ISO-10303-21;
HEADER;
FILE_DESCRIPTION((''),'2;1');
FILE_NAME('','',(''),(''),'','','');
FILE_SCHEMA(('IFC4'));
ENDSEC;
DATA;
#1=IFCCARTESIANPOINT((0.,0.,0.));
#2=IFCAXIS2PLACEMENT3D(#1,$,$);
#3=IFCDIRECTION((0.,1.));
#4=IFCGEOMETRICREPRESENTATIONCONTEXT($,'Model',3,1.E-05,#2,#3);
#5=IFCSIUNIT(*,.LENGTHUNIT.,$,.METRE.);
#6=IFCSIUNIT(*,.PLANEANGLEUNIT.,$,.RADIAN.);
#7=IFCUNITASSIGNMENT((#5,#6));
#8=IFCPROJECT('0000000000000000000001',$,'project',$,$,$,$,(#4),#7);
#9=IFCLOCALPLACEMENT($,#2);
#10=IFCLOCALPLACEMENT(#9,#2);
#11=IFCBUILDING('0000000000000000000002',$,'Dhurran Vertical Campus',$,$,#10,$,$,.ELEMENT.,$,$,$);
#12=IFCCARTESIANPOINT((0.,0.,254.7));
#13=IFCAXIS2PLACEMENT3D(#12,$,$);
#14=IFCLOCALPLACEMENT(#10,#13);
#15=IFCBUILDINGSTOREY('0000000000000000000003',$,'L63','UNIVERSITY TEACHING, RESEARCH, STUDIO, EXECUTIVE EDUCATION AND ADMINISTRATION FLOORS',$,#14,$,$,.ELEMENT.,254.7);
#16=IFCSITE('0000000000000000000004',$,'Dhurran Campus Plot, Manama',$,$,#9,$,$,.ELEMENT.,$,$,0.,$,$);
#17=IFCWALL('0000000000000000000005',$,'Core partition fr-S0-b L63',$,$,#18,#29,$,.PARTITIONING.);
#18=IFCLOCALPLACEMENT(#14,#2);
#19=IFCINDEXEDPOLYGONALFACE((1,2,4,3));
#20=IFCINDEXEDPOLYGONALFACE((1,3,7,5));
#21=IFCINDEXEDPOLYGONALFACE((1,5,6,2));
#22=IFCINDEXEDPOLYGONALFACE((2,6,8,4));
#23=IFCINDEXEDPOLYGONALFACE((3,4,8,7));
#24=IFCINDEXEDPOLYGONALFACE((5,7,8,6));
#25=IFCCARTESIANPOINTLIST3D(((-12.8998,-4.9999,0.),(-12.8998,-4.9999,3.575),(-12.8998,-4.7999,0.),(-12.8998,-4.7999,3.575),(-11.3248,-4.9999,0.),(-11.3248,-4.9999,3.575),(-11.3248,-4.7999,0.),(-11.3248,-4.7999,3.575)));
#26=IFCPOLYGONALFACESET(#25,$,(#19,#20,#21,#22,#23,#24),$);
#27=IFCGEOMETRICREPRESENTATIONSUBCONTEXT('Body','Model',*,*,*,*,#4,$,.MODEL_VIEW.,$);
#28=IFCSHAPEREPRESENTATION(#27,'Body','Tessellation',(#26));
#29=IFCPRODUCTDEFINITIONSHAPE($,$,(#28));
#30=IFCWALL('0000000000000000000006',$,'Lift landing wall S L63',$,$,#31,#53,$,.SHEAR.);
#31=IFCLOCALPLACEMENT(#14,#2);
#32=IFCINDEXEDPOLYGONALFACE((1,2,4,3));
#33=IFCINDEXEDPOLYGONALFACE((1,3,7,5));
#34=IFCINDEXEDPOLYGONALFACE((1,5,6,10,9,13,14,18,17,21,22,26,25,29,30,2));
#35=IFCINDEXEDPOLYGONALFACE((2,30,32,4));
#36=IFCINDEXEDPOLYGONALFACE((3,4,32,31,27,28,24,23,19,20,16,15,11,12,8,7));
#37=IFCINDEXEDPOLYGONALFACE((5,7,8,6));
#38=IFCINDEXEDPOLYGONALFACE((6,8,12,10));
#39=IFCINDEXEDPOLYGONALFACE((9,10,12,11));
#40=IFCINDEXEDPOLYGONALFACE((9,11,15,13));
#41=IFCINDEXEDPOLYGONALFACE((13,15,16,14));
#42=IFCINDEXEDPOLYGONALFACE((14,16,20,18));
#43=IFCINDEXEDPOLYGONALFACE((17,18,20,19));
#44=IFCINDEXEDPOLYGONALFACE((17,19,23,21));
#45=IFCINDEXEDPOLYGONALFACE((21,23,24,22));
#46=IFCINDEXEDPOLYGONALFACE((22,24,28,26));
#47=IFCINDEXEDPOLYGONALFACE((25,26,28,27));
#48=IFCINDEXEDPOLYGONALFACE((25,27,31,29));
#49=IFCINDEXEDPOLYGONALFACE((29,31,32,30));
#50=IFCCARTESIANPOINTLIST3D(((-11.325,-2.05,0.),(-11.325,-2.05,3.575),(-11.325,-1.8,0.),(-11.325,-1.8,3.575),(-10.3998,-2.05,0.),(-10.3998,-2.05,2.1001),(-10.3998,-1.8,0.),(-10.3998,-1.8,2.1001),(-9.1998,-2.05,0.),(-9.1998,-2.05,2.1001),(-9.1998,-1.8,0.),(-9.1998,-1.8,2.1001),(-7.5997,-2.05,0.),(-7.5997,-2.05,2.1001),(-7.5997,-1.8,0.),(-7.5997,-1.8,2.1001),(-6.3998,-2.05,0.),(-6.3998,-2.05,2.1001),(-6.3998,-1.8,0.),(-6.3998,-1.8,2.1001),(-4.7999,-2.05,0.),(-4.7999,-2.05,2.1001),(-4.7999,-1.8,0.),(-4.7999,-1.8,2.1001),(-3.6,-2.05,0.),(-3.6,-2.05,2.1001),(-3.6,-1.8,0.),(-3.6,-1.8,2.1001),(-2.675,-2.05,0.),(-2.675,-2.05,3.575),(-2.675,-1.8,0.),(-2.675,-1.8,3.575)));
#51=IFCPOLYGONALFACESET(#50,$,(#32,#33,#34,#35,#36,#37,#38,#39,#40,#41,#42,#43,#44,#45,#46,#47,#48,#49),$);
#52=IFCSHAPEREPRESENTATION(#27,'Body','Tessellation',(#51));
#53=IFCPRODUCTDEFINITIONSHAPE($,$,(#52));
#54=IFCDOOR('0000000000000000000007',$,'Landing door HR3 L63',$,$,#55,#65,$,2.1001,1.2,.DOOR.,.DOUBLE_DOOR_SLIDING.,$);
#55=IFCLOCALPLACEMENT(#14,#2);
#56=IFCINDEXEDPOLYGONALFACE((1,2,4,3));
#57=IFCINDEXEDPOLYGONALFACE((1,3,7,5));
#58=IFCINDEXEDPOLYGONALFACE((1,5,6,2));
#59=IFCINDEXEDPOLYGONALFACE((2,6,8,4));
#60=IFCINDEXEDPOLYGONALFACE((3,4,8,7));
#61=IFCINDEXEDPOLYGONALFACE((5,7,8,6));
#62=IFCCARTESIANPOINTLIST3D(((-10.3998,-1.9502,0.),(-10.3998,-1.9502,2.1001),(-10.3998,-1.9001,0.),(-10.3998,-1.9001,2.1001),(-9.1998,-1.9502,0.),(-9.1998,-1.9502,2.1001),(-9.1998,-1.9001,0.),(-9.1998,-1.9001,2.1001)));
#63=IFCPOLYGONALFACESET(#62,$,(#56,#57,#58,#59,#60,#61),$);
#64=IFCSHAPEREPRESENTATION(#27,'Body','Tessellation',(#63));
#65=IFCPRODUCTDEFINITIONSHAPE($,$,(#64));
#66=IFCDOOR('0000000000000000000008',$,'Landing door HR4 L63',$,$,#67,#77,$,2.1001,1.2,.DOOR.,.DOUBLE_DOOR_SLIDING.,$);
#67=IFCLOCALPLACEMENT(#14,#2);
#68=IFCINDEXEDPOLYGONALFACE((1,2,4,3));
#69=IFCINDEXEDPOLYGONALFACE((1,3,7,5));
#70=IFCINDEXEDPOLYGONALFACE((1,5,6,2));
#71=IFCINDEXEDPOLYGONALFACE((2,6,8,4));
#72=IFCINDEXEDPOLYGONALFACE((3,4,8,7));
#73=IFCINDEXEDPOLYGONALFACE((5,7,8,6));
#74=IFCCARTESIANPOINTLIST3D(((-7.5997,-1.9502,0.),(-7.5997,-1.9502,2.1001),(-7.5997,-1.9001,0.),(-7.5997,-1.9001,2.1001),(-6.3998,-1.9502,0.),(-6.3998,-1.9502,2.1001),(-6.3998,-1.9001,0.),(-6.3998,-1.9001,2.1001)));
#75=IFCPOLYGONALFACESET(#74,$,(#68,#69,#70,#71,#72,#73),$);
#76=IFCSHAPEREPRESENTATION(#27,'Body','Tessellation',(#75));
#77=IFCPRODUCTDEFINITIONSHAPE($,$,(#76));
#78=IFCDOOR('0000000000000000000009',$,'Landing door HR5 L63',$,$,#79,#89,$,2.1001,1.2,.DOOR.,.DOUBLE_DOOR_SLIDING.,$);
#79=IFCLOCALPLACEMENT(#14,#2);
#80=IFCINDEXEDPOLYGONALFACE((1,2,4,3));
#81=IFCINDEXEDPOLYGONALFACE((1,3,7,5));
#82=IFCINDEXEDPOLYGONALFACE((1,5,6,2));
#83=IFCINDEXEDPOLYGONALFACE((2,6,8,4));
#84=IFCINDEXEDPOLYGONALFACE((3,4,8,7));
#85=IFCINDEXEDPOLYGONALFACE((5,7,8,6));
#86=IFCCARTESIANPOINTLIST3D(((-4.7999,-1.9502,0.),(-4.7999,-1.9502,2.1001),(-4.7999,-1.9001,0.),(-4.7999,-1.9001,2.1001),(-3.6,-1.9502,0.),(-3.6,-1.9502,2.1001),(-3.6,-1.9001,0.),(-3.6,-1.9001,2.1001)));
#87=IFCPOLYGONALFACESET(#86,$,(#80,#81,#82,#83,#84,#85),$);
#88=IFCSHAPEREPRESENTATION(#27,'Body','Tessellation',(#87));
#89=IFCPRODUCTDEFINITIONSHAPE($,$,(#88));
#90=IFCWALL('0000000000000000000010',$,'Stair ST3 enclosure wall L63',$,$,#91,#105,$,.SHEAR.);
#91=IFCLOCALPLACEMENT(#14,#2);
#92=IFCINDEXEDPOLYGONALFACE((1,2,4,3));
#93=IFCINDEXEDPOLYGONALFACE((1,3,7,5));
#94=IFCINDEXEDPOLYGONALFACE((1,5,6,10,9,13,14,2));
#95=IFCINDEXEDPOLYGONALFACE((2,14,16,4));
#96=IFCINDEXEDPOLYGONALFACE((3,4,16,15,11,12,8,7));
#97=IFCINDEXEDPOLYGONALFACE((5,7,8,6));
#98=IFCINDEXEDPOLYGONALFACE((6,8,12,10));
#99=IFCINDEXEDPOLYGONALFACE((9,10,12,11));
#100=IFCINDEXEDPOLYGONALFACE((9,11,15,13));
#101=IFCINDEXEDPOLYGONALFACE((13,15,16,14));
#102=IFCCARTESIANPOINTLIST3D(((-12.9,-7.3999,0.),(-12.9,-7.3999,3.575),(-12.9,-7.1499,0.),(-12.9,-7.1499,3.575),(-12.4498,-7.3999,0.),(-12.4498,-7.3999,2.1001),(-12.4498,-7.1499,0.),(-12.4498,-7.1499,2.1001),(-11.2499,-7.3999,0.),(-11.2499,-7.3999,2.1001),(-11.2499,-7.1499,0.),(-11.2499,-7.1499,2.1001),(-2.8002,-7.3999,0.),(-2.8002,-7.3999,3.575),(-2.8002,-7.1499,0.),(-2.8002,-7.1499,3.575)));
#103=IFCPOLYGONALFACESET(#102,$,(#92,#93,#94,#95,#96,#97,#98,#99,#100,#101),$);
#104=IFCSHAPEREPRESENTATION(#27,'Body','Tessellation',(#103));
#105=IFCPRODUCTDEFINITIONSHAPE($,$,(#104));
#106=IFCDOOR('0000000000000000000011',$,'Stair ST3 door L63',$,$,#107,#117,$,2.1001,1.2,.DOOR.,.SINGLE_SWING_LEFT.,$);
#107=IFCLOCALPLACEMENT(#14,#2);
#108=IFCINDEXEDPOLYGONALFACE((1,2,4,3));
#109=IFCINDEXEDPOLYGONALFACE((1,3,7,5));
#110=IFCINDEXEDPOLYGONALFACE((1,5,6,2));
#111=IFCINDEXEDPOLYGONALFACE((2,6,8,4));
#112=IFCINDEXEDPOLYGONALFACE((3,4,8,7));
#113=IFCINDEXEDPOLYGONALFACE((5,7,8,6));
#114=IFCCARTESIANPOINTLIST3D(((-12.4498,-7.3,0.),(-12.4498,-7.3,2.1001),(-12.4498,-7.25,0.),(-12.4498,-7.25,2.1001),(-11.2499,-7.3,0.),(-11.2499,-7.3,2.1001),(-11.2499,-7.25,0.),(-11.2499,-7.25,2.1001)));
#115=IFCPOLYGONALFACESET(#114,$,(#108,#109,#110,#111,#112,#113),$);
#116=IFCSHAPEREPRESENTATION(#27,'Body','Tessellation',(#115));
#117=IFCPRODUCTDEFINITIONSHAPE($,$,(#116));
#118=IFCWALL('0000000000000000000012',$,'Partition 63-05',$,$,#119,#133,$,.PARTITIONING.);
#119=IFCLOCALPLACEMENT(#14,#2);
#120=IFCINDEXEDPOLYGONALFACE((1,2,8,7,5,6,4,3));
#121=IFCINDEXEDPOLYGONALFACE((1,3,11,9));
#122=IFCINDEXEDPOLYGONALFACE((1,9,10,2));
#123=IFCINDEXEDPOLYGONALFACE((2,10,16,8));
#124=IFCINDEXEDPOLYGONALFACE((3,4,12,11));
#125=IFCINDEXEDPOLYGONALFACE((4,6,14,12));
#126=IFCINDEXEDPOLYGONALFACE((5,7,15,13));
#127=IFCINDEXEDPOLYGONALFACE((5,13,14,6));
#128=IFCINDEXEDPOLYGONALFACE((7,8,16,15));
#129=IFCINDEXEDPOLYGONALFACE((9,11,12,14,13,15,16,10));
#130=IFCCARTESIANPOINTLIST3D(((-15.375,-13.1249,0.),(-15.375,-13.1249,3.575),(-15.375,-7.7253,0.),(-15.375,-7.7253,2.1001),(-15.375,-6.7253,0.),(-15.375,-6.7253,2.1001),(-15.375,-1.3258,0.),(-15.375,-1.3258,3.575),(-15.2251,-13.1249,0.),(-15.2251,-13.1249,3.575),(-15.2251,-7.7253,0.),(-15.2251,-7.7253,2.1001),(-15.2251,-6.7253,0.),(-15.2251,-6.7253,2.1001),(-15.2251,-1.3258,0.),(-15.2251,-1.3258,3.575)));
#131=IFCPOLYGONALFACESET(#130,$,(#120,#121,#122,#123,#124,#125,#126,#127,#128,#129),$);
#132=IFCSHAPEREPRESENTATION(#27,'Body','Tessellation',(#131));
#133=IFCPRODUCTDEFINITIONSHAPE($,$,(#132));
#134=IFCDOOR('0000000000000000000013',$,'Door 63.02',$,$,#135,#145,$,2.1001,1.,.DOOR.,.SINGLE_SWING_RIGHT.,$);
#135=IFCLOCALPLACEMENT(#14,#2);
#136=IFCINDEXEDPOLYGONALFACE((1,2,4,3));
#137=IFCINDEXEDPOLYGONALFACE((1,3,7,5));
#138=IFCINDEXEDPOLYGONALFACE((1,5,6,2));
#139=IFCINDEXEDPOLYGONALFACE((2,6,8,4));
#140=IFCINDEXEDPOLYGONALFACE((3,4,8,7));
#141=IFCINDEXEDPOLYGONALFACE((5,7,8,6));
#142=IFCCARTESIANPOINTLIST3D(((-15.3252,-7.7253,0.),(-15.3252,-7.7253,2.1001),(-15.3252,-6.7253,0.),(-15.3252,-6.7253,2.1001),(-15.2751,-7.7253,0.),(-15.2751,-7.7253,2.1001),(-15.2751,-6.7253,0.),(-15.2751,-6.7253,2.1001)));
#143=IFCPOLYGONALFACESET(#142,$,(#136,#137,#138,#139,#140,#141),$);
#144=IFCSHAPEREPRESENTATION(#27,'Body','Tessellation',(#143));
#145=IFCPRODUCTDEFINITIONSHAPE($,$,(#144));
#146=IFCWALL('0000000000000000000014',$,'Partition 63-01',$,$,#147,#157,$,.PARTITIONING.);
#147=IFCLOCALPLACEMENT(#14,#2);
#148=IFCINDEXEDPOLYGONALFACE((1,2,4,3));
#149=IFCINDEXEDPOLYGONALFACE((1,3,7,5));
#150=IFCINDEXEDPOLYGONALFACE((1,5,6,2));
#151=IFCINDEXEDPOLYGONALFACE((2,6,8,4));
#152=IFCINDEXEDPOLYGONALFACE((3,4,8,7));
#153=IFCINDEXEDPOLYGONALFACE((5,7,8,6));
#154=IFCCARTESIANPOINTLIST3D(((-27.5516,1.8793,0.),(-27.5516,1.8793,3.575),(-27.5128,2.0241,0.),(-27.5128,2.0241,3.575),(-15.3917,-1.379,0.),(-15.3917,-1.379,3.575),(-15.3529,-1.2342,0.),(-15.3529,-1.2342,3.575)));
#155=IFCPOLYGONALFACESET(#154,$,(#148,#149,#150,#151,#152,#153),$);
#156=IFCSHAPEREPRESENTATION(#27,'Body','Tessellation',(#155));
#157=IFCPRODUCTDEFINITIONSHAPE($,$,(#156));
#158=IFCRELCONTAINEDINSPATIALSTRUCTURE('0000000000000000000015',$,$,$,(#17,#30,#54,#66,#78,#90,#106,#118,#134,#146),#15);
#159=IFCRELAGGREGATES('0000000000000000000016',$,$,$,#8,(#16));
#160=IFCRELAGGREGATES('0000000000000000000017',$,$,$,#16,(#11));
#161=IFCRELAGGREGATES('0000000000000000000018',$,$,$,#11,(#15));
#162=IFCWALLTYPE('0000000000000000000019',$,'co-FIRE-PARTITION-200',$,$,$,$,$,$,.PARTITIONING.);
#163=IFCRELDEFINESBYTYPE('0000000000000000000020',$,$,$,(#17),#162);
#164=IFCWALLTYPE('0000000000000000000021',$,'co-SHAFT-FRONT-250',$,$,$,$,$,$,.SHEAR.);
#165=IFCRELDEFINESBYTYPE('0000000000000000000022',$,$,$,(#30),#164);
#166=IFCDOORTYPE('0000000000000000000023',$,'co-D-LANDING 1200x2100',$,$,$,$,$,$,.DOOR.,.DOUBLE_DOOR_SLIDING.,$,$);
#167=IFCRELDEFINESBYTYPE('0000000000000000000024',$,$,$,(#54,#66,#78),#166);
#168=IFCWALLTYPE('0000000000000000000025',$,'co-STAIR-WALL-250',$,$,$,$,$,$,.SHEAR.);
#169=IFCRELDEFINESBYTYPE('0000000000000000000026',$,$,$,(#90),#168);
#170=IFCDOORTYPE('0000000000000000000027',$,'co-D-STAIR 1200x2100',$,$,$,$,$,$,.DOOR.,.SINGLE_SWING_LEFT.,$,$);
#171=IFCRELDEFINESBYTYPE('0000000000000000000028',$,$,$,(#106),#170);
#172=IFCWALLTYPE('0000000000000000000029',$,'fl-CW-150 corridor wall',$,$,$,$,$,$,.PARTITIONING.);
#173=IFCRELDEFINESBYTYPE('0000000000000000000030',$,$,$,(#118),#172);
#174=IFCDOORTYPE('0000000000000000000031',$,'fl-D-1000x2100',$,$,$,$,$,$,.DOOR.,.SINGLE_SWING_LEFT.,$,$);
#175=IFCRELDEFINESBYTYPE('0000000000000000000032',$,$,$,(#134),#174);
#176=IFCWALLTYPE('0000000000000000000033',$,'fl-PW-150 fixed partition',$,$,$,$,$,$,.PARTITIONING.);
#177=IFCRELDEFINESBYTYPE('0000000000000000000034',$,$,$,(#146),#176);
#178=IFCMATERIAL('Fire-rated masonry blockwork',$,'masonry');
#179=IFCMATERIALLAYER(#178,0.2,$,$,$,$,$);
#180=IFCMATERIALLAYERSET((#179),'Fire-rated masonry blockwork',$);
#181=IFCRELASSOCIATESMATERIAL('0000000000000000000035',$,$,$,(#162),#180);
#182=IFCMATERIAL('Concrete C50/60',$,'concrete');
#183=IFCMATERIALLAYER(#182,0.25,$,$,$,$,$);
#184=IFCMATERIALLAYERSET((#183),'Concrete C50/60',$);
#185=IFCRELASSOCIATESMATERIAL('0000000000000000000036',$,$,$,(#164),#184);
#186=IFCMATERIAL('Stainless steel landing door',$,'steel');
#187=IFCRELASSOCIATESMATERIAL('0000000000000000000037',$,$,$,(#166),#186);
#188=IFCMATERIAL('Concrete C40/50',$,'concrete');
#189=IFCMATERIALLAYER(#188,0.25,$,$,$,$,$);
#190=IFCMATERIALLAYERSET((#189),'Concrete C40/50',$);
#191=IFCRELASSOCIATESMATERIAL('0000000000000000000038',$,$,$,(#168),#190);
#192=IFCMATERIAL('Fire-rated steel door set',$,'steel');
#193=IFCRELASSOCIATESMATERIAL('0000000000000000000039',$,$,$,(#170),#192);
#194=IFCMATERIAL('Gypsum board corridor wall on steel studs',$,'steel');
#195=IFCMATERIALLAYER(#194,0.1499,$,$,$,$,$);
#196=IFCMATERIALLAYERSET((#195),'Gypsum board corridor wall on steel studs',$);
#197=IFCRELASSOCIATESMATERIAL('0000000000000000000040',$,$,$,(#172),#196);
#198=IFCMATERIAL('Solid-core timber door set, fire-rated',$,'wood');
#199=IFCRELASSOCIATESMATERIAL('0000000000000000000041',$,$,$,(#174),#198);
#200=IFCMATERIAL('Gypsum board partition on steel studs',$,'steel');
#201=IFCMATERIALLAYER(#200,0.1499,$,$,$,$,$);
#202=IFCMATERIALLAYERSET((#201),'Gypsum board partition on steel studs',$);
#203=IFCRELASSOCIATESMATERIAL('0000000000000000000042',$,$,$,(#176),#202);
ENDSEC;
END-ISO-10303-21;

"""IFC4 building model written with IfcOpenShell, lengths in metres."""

from ifc_helpers import new_model, si_unit, direction, frame, frame_2d, origin, place, context, subcontext, project, spatial, rectangle, extrude, material, layer, layer_set, type_object, element, fill, save


model = new_model("IFC4")

# Units and contexts
model_context = context("Model", 3, precision=1e-05, world=origin(), true_north=direction((0.0, 1.0)))
body_context = subcontext(model_context, "Body", "Model", "MODEL_VIEW")
ifc_project = project(units=[si_unit("LENGTHUNIT", "METRE"), si_unit("PLANEANGLEUNIT", "RADIAN")], contexts=[model_context])

# Site, building, storey
site_placement = place(None, origin())
site = spatial("IfcSite", under=ifc_project, at=site_placement, Name="Dhurran Campus Plot, Manama", CompositionType="ELEMENT", RefElevation=0.0)
building_placement = place(site_placement, origin())
building = spatial("IfcBuilding", under=site, at=building_placement, Name="Dhurran Vertical Campus", CompositionType="ELEMENT")
storey_placement = place(building_placement, frame((0.0, 0.0, 254.7)))
storey = spatial("IfcBuildingStorey", under=building, at=storey_placement, Name="L63", Description="UNIVERSITY TEACHING, RESEARCH, STUDIO, EXECUTIVE EDUCATION AND ADMINISTRATION FLOORS", CompositionType="ELEMENT", Elevation=254.7)

# Shared definitions
ifc_material_1 = material(Name="Fire-rated masonry blockwork", Category="masonry")
ifc_layer_1 = layer(ifc_material_1, 0.2)
ifc_layer_set_1 = layer_set([ifc_layer_1], Name="Fire-rated masonry blockwork")
wall_type_1 = type_object("IfcWallType", Name="co-FIRE-PARTITION-200", PredefinedType="PARTITIONING", material=ifc_layer_set_1)

# Wall
wall_1_placement = place(storey_placement, frame((-12.8999, -4.8999, 0.0), z_axis=(0.0, 0.0, 1.0), x_axis=(1.0, 0.0, 0.0)))
element("IfcWall", 1, at=wall_1_placement, inside=storey, type_object=wall_type_1, Name="Core partition fr-S0-b L63", PredefinedType="PARTITIONING", context=body_context, shape_type="SweptSolid", body=[
    extrude(rectangle(XDim=1.575, YDim=0.2, at=frame_2d((0.7876, 0.0))), origin(), (0.0, 0.0, 1.0), 3.575),
])

# Wall, openings, doors
ifc_material_2 = material(Name="Concrete C50/60", Category="concrete")
ifc_layer_2 = layer(ifc_material_2, 0.25)
ifc_layer_set_2 = layer_set([ifc_layer_2], Name="Concrete C50/60")
wall_type_2 = type_object("IfcWallType", Name="co-SHAFT-FRONT-250", PredefinedType="SHEAR", material=ifc_layer_set_2)
wall_2_placement = place(storey_placement, frame((-11.325, -1.925, 0.0), z_axis=(0.0, 0.0, 1.0), x_axis=(1.0, 0.0, 0.0)))
wall_2 = element("IfcWall", 2, at=wall_2_placement, inside=storey, type_object=wall_type_2, Name="Lift landing wall S L63", PredefinedType="SHEAR", context=body_context, shape_type="SweptSolid", body=[
    extrude(rectangle(XDim=8.6499, YDim=0.25, at=frame_2d((4.325, 0.0))), origin(), (0.0, 0.0, 1.0), 3.575),
])
opening_1_placement = place(wall_2_placement, frame((0.925, 0.0, 0.0)))
opening_1 = element("IfcOpeningElement", 3, at=opening_1_placement, cuts=wall_2, PredefinedType="OPENING", context=body_context, shape_type="SweptSolid", body=[
    extrude(rectangle(XDim=1.2, YDim=2.1001, at=frame_2d((0.6001, 1.05))), frame((0.0, 0.135, 0.0), z_axis=(0.0, -1.0, 0.0), x_axis=(1.0, 0.0, 0.0)), (0.0, 0.0, 1.0), 0.27),
])
opening_2_placement = place(wall_2_placement, frame((3.7251, 0.0, 0.0)))
opening_2 = element("IfcOpeningElement", 4, at=opening_2_placement, cuts=wall_2, PredefinedType="OPENING", context=body_context, shape_type="SweptSolid", body=[
    extrude(rectangle(XDim=1.2, YDim=2.1001, at=frame_2d((0.6001, 1.05))), frame((0.0, 0.135, 0.0), z_axis=(0.0, -1.0, 0.0), x_axis=(1.0, 0.0, 0.0)), (0.0, 0.0, 1.0), 0.27),
])
opening_3_placement = place(wall_2_placement, frame((6.5249, 0.0, 0.0)))
opening_3 = element("IfcOpeningElement", 5, at=opening_3_placement, cuts=wall_2, PredefinedType="OPENING", context=body_context, shape_type="SweptSolid", body=[
    extrude(rectangle(XDim=1.2, YDim=2.1001, at=frame_2d((0.6001, 1.05))), frame((0.0, 0.135, 0.0), z_axis=(0.0, -1.0, 0.0), x_axis=(1.0, 0.0, 0.0)), (0.0, 0.0, 1.0), 0.27),
])
ifc_material_3 = material(Name="Stainless steel landing door", Category="steel")
door_type_1 = type_object("IfcDoorType", Name="co-D-LANDING 1200x2100", OperationType="DOUBLE_DOOR_SLIDING", PredefinedType="DOOR", material=ifc_material_3)
door_1_placement = place(opening_1_placement, origin())
door_1 = element("IfcDoor", 6, at=door_1_placement, inside=storey, type_object=door_type_1, Name="Landing door HR3 L63", OperationType="DOUBLE_DOOR_SLIDING", OverallHeight=2.1001, OverallWidth=1.2, PredefinedType="DOOR", context=body_context, shape_type="SweptSolid", body=[
    extrude(rectangle(XDim=1.2, YDim=2.1001, at=frame_2d((0.6001, 1.05))), frame((0.0, 0.0249, 0.0), z_axis=(0.0, -1.0, 0.0), x_axis=(1.0, 0.0, 0.0)), (0.0, 0.0, 1.0), 0.05),
])
fill(opening_1, door_1)
door_2_placement = place(opening_2_placement, origin())
door_2 = element("IfcDoor", 7, at=door_2_placement, inside=storey, type_object=door_type_1, Name="Landing door HR4 L63", OperationType="DOUBLE_DOOR_SLIDING", OverallHeight=2.1001, OverallWidth=1.2, PredefinedType="DOOR", context=body_context, shape_type="SweptSolid", body=[
    extrude(rectangle(XDim=1.2, YDim=2.1001, at=frame_2d((0.6001, 1.05))), frame((0.0, 0.0249, 0.0), z_axis=(0.0, -1.0, 0.0), x_axis=(1.0, 0.0, 0.0)), (0.0, 0.0, 1.0), 0.05),
])
fill(opening_2, door_2)
door_3_placement = place(opening_3_placement, origin())
door_3 = element("IfcDoor", 8, at=door_3_placement, inside=storey, type_object=door_type_1, Name="Landing door HR5 L63", OperationType="DOUBLE_DOOR_SLIDING", OverallHeight=2.1001, OverallWidth=1.2, PredefinedType="DOOR", context=body_context, shape_type="SweptSolid", body=[
    extrude(rectangle(XDim=1.2, YDim=2.1001, at=frame_2d((0.6001, 1.05))), frame((0.0, 0.0249, 0.0), z_axis=(0.0, -1.0, 0.0), x_axis=(1.0, 0.0, 0.0)), (0.0, 0.0, 1.0), 0.05),
])
fill(opening_3, door_3)

# Walls, openings, doors
ifc_material_4 = material(Name="Concrete C40/50", Category="concrete")
ifc_layer_3 = layer(ifc_material_4, 0.25)
ifc_layer_set_3 = layer_set([ifc_layer_3], Name="Concrete C40/50")
wall_type_3 = type_object("IfcWallType", Name="co-STAIR-WALL-250", PredefinedType="SHEAR", material=ifc_layer_set_3)
wall_3_placement = place(storey_placement, frame((-12.8999, -7.2749, 0.0), z_axis=(0.0, 0.0, 1.0), x_axis=(1.0, 0.0, 0.0)))
wall_3 = element("IfcWall", 9, at=wall_3_placement, inside=storey, type_object=wall_type_3, Name="Stair ST3 enclosure wall L63", PredefinedType="SHEAR", context=body_context, shape_type="SweptSolid", body=[
    extrude(rectangle(XDim=10.0999, YDim=0.25, at=frame_2d((5.0498, 0.0))), origin(), (0.0, 0.0, 1.0), 3.575),
])
opening_4_placement = place(wall_3_placement, frame((0.45, 0.0, 0.0)))
opening_4 = element("IfcOpeningElement", 10, at=opening_4_placement, cuts=wall_3, PredefinedType="OPENING", context=body_context, shape_type="SweptSolid", body=[
    extrude(rectangle(XDim=1.2, YDim=2.1001, at=frame_2d((0.6001, 1.05))), frame((0.0, 0.135, 0.0), z_axis=(0.0, -1.0, 0.0), x_axis=(1.0, 0.0, 0.0)), (0.0, 0.0, 1.0), 0.27),
])
ifc_material_5 = material(Name="Fire-rated steel door set", Category="steel")
door_type_2 = type_object("IfcDoorType", Name="co-D-STAIR 1200x2100", OperationType="SINGLE_SWING_LEFT", PredefinedType="DOOR", material=ifc_material_5)
door_4_placement = place(opening_4_placement, origin())
door_4 = element("IfcDoor", 11, at=door_4_placement, inside=storey, type_object=door_type_2, Name="Stair ST3 door L63", OperationType="SINGLE_SWING_LEFT", OverallHeight=2.1001, OverallWidth=1.2, PredefinedType="DOOR", context=body_context, shape_type="SweptSolid", body=[
    extrude(rectangle(XDim=1.2, YDim=2.1001, at=frame_2d((0.6001, 1.05))), frame((0.0, 0.0249, 0.0), z_axis=(0.0, -1.0, 0.0), x_axis=(1.0, 0.0, 0.0)), (0.0, 0.0, 1.0), 0.05),
])
fill(opening_4, door_4)
ifc_material_6 = material(Name="Gypsum board corridor wall on steel studs", Category="steel")
ifc_layer_4 = layer(ifc_material_6, 0.1499)
ifc_layer_set_4 = layer_set([ifc_layer_4], Name="Gypsum board corridor wall on steel studs")
wall_type_4 = type_object("IfcWallType", Name="fl-CW-150 corridor wall", PredefinedType="PARTITIONING", material=ifc_layer_set_4)
wall_4_placement = place(storey_placement, frame((-15.3, -1.3259, 0.0), z_axis=(0.0, 0.0, 1.0), x_axis=(0.0, -1.0, 0.0)))
wall_4 = element("IfcWall", 12, at=wall_4_placement, inside=storey, type_object=wall_type_4, Name="Partition 63-05", PredefinedType="PARTITIONING", context=body_context, shape_type="SweptSolid", body=[
    extrude(rectangle(XDim=11.7991, YDim=0.1499, at=frame_2d((5.8994, 0.0))), origin(), (0.0, 0.0, 1.0), 3.575),
])
opening_5_placement = place(wall_4_placement, frame((5.3994, 0.0, 0.0)))
opening_5 = element("IfcOpeningElement", 13, at=opening_5_placement, cuts=wall_4, PredefinedType="OPENING", context=body_context, shape_type="SweptSolid", body=[
    extrude(rectangle(XDim=1.0, YDim=2.1001, at=frame_2d((0.5, 1.05))), frame((0.0, 0.085, 0.0), z_axis=(0.0, -1.0, 0.0), x_axis=(1.0, 0.0, 0.0)), (0.0, 0.0, 1.0), 0.1699),
])
ifc_material_7 = material(Name="Solid-core timber door set, fire-rated", Category="wood")
door_type_3 = type_object("IfcDoorType", Name="fl-D-1000x2100", OperationType="SINGLE_SWING_LEFT", PredefinedType="DOOR", material=ifc_material_7)
door_5_placement = place(opening_5_placement, origin())
door_5 = element("IfcDoor", 14, at=door_5_placement, inside=storey, type_object=door_type_3, Name="Door 63.02", OperationType="SINGLE_SWING_RIGHT", OverallHeight=2.1001, OverallWidth=1.0, PredefinedType="DOOR", context=body_context, shape_type="SweptSolid", body=[
    extrude(rectangle(XDim=1.0, YDim=2.1001, at=frame_2d((0.5, 1.05))), frame((0.0, 0.0249, 0.0), z_axis=(0.0, -1.0, 0.0), x_axis=(1.0, 0.0, 0.0)), (0.0, 0.0, 1.0), 0.05),
])
fill(opening_5, door_5)

# Wall
ifc_material_8 = material(Name="Gypsum board partition on steel studs", Category="steel")
ifc_layer_5 = layer(ifc_material_8, 0.1499)
ifc_layer_set_5 = layer_set([ifc_layer_5], Name="Gypsum board partition on steel studs")
wall_type_5 = type_object("IfcWallType", Name="fl-PW-150 fixed partition", PredefinedType="PARTITIONING", material=ifc_layer_set_5)
wall_5_placement = place(storey_placement, frame((-15.3723, -1.3066, 0.0), z_axis=(0.0, 0.0, 1.0), x_axis=(-0.965925, 0.258824, 0.0)))
element("IfcWall", 15, at=wall_5_placement, inside=storey, type_object=wall_type_5, Name="Partition 63-01", PredefinedType="PARTITIONING", context=body_context, shape_type="SweptSolid", body=[
    extrude(rectangle(XDim=12.5889, YDim=0.1499, at=frame_2d((6.2944, 0.0))), origin(), (0.0, 0.0, 1.0), 3.575),
])

save(model, "model.ifc")
